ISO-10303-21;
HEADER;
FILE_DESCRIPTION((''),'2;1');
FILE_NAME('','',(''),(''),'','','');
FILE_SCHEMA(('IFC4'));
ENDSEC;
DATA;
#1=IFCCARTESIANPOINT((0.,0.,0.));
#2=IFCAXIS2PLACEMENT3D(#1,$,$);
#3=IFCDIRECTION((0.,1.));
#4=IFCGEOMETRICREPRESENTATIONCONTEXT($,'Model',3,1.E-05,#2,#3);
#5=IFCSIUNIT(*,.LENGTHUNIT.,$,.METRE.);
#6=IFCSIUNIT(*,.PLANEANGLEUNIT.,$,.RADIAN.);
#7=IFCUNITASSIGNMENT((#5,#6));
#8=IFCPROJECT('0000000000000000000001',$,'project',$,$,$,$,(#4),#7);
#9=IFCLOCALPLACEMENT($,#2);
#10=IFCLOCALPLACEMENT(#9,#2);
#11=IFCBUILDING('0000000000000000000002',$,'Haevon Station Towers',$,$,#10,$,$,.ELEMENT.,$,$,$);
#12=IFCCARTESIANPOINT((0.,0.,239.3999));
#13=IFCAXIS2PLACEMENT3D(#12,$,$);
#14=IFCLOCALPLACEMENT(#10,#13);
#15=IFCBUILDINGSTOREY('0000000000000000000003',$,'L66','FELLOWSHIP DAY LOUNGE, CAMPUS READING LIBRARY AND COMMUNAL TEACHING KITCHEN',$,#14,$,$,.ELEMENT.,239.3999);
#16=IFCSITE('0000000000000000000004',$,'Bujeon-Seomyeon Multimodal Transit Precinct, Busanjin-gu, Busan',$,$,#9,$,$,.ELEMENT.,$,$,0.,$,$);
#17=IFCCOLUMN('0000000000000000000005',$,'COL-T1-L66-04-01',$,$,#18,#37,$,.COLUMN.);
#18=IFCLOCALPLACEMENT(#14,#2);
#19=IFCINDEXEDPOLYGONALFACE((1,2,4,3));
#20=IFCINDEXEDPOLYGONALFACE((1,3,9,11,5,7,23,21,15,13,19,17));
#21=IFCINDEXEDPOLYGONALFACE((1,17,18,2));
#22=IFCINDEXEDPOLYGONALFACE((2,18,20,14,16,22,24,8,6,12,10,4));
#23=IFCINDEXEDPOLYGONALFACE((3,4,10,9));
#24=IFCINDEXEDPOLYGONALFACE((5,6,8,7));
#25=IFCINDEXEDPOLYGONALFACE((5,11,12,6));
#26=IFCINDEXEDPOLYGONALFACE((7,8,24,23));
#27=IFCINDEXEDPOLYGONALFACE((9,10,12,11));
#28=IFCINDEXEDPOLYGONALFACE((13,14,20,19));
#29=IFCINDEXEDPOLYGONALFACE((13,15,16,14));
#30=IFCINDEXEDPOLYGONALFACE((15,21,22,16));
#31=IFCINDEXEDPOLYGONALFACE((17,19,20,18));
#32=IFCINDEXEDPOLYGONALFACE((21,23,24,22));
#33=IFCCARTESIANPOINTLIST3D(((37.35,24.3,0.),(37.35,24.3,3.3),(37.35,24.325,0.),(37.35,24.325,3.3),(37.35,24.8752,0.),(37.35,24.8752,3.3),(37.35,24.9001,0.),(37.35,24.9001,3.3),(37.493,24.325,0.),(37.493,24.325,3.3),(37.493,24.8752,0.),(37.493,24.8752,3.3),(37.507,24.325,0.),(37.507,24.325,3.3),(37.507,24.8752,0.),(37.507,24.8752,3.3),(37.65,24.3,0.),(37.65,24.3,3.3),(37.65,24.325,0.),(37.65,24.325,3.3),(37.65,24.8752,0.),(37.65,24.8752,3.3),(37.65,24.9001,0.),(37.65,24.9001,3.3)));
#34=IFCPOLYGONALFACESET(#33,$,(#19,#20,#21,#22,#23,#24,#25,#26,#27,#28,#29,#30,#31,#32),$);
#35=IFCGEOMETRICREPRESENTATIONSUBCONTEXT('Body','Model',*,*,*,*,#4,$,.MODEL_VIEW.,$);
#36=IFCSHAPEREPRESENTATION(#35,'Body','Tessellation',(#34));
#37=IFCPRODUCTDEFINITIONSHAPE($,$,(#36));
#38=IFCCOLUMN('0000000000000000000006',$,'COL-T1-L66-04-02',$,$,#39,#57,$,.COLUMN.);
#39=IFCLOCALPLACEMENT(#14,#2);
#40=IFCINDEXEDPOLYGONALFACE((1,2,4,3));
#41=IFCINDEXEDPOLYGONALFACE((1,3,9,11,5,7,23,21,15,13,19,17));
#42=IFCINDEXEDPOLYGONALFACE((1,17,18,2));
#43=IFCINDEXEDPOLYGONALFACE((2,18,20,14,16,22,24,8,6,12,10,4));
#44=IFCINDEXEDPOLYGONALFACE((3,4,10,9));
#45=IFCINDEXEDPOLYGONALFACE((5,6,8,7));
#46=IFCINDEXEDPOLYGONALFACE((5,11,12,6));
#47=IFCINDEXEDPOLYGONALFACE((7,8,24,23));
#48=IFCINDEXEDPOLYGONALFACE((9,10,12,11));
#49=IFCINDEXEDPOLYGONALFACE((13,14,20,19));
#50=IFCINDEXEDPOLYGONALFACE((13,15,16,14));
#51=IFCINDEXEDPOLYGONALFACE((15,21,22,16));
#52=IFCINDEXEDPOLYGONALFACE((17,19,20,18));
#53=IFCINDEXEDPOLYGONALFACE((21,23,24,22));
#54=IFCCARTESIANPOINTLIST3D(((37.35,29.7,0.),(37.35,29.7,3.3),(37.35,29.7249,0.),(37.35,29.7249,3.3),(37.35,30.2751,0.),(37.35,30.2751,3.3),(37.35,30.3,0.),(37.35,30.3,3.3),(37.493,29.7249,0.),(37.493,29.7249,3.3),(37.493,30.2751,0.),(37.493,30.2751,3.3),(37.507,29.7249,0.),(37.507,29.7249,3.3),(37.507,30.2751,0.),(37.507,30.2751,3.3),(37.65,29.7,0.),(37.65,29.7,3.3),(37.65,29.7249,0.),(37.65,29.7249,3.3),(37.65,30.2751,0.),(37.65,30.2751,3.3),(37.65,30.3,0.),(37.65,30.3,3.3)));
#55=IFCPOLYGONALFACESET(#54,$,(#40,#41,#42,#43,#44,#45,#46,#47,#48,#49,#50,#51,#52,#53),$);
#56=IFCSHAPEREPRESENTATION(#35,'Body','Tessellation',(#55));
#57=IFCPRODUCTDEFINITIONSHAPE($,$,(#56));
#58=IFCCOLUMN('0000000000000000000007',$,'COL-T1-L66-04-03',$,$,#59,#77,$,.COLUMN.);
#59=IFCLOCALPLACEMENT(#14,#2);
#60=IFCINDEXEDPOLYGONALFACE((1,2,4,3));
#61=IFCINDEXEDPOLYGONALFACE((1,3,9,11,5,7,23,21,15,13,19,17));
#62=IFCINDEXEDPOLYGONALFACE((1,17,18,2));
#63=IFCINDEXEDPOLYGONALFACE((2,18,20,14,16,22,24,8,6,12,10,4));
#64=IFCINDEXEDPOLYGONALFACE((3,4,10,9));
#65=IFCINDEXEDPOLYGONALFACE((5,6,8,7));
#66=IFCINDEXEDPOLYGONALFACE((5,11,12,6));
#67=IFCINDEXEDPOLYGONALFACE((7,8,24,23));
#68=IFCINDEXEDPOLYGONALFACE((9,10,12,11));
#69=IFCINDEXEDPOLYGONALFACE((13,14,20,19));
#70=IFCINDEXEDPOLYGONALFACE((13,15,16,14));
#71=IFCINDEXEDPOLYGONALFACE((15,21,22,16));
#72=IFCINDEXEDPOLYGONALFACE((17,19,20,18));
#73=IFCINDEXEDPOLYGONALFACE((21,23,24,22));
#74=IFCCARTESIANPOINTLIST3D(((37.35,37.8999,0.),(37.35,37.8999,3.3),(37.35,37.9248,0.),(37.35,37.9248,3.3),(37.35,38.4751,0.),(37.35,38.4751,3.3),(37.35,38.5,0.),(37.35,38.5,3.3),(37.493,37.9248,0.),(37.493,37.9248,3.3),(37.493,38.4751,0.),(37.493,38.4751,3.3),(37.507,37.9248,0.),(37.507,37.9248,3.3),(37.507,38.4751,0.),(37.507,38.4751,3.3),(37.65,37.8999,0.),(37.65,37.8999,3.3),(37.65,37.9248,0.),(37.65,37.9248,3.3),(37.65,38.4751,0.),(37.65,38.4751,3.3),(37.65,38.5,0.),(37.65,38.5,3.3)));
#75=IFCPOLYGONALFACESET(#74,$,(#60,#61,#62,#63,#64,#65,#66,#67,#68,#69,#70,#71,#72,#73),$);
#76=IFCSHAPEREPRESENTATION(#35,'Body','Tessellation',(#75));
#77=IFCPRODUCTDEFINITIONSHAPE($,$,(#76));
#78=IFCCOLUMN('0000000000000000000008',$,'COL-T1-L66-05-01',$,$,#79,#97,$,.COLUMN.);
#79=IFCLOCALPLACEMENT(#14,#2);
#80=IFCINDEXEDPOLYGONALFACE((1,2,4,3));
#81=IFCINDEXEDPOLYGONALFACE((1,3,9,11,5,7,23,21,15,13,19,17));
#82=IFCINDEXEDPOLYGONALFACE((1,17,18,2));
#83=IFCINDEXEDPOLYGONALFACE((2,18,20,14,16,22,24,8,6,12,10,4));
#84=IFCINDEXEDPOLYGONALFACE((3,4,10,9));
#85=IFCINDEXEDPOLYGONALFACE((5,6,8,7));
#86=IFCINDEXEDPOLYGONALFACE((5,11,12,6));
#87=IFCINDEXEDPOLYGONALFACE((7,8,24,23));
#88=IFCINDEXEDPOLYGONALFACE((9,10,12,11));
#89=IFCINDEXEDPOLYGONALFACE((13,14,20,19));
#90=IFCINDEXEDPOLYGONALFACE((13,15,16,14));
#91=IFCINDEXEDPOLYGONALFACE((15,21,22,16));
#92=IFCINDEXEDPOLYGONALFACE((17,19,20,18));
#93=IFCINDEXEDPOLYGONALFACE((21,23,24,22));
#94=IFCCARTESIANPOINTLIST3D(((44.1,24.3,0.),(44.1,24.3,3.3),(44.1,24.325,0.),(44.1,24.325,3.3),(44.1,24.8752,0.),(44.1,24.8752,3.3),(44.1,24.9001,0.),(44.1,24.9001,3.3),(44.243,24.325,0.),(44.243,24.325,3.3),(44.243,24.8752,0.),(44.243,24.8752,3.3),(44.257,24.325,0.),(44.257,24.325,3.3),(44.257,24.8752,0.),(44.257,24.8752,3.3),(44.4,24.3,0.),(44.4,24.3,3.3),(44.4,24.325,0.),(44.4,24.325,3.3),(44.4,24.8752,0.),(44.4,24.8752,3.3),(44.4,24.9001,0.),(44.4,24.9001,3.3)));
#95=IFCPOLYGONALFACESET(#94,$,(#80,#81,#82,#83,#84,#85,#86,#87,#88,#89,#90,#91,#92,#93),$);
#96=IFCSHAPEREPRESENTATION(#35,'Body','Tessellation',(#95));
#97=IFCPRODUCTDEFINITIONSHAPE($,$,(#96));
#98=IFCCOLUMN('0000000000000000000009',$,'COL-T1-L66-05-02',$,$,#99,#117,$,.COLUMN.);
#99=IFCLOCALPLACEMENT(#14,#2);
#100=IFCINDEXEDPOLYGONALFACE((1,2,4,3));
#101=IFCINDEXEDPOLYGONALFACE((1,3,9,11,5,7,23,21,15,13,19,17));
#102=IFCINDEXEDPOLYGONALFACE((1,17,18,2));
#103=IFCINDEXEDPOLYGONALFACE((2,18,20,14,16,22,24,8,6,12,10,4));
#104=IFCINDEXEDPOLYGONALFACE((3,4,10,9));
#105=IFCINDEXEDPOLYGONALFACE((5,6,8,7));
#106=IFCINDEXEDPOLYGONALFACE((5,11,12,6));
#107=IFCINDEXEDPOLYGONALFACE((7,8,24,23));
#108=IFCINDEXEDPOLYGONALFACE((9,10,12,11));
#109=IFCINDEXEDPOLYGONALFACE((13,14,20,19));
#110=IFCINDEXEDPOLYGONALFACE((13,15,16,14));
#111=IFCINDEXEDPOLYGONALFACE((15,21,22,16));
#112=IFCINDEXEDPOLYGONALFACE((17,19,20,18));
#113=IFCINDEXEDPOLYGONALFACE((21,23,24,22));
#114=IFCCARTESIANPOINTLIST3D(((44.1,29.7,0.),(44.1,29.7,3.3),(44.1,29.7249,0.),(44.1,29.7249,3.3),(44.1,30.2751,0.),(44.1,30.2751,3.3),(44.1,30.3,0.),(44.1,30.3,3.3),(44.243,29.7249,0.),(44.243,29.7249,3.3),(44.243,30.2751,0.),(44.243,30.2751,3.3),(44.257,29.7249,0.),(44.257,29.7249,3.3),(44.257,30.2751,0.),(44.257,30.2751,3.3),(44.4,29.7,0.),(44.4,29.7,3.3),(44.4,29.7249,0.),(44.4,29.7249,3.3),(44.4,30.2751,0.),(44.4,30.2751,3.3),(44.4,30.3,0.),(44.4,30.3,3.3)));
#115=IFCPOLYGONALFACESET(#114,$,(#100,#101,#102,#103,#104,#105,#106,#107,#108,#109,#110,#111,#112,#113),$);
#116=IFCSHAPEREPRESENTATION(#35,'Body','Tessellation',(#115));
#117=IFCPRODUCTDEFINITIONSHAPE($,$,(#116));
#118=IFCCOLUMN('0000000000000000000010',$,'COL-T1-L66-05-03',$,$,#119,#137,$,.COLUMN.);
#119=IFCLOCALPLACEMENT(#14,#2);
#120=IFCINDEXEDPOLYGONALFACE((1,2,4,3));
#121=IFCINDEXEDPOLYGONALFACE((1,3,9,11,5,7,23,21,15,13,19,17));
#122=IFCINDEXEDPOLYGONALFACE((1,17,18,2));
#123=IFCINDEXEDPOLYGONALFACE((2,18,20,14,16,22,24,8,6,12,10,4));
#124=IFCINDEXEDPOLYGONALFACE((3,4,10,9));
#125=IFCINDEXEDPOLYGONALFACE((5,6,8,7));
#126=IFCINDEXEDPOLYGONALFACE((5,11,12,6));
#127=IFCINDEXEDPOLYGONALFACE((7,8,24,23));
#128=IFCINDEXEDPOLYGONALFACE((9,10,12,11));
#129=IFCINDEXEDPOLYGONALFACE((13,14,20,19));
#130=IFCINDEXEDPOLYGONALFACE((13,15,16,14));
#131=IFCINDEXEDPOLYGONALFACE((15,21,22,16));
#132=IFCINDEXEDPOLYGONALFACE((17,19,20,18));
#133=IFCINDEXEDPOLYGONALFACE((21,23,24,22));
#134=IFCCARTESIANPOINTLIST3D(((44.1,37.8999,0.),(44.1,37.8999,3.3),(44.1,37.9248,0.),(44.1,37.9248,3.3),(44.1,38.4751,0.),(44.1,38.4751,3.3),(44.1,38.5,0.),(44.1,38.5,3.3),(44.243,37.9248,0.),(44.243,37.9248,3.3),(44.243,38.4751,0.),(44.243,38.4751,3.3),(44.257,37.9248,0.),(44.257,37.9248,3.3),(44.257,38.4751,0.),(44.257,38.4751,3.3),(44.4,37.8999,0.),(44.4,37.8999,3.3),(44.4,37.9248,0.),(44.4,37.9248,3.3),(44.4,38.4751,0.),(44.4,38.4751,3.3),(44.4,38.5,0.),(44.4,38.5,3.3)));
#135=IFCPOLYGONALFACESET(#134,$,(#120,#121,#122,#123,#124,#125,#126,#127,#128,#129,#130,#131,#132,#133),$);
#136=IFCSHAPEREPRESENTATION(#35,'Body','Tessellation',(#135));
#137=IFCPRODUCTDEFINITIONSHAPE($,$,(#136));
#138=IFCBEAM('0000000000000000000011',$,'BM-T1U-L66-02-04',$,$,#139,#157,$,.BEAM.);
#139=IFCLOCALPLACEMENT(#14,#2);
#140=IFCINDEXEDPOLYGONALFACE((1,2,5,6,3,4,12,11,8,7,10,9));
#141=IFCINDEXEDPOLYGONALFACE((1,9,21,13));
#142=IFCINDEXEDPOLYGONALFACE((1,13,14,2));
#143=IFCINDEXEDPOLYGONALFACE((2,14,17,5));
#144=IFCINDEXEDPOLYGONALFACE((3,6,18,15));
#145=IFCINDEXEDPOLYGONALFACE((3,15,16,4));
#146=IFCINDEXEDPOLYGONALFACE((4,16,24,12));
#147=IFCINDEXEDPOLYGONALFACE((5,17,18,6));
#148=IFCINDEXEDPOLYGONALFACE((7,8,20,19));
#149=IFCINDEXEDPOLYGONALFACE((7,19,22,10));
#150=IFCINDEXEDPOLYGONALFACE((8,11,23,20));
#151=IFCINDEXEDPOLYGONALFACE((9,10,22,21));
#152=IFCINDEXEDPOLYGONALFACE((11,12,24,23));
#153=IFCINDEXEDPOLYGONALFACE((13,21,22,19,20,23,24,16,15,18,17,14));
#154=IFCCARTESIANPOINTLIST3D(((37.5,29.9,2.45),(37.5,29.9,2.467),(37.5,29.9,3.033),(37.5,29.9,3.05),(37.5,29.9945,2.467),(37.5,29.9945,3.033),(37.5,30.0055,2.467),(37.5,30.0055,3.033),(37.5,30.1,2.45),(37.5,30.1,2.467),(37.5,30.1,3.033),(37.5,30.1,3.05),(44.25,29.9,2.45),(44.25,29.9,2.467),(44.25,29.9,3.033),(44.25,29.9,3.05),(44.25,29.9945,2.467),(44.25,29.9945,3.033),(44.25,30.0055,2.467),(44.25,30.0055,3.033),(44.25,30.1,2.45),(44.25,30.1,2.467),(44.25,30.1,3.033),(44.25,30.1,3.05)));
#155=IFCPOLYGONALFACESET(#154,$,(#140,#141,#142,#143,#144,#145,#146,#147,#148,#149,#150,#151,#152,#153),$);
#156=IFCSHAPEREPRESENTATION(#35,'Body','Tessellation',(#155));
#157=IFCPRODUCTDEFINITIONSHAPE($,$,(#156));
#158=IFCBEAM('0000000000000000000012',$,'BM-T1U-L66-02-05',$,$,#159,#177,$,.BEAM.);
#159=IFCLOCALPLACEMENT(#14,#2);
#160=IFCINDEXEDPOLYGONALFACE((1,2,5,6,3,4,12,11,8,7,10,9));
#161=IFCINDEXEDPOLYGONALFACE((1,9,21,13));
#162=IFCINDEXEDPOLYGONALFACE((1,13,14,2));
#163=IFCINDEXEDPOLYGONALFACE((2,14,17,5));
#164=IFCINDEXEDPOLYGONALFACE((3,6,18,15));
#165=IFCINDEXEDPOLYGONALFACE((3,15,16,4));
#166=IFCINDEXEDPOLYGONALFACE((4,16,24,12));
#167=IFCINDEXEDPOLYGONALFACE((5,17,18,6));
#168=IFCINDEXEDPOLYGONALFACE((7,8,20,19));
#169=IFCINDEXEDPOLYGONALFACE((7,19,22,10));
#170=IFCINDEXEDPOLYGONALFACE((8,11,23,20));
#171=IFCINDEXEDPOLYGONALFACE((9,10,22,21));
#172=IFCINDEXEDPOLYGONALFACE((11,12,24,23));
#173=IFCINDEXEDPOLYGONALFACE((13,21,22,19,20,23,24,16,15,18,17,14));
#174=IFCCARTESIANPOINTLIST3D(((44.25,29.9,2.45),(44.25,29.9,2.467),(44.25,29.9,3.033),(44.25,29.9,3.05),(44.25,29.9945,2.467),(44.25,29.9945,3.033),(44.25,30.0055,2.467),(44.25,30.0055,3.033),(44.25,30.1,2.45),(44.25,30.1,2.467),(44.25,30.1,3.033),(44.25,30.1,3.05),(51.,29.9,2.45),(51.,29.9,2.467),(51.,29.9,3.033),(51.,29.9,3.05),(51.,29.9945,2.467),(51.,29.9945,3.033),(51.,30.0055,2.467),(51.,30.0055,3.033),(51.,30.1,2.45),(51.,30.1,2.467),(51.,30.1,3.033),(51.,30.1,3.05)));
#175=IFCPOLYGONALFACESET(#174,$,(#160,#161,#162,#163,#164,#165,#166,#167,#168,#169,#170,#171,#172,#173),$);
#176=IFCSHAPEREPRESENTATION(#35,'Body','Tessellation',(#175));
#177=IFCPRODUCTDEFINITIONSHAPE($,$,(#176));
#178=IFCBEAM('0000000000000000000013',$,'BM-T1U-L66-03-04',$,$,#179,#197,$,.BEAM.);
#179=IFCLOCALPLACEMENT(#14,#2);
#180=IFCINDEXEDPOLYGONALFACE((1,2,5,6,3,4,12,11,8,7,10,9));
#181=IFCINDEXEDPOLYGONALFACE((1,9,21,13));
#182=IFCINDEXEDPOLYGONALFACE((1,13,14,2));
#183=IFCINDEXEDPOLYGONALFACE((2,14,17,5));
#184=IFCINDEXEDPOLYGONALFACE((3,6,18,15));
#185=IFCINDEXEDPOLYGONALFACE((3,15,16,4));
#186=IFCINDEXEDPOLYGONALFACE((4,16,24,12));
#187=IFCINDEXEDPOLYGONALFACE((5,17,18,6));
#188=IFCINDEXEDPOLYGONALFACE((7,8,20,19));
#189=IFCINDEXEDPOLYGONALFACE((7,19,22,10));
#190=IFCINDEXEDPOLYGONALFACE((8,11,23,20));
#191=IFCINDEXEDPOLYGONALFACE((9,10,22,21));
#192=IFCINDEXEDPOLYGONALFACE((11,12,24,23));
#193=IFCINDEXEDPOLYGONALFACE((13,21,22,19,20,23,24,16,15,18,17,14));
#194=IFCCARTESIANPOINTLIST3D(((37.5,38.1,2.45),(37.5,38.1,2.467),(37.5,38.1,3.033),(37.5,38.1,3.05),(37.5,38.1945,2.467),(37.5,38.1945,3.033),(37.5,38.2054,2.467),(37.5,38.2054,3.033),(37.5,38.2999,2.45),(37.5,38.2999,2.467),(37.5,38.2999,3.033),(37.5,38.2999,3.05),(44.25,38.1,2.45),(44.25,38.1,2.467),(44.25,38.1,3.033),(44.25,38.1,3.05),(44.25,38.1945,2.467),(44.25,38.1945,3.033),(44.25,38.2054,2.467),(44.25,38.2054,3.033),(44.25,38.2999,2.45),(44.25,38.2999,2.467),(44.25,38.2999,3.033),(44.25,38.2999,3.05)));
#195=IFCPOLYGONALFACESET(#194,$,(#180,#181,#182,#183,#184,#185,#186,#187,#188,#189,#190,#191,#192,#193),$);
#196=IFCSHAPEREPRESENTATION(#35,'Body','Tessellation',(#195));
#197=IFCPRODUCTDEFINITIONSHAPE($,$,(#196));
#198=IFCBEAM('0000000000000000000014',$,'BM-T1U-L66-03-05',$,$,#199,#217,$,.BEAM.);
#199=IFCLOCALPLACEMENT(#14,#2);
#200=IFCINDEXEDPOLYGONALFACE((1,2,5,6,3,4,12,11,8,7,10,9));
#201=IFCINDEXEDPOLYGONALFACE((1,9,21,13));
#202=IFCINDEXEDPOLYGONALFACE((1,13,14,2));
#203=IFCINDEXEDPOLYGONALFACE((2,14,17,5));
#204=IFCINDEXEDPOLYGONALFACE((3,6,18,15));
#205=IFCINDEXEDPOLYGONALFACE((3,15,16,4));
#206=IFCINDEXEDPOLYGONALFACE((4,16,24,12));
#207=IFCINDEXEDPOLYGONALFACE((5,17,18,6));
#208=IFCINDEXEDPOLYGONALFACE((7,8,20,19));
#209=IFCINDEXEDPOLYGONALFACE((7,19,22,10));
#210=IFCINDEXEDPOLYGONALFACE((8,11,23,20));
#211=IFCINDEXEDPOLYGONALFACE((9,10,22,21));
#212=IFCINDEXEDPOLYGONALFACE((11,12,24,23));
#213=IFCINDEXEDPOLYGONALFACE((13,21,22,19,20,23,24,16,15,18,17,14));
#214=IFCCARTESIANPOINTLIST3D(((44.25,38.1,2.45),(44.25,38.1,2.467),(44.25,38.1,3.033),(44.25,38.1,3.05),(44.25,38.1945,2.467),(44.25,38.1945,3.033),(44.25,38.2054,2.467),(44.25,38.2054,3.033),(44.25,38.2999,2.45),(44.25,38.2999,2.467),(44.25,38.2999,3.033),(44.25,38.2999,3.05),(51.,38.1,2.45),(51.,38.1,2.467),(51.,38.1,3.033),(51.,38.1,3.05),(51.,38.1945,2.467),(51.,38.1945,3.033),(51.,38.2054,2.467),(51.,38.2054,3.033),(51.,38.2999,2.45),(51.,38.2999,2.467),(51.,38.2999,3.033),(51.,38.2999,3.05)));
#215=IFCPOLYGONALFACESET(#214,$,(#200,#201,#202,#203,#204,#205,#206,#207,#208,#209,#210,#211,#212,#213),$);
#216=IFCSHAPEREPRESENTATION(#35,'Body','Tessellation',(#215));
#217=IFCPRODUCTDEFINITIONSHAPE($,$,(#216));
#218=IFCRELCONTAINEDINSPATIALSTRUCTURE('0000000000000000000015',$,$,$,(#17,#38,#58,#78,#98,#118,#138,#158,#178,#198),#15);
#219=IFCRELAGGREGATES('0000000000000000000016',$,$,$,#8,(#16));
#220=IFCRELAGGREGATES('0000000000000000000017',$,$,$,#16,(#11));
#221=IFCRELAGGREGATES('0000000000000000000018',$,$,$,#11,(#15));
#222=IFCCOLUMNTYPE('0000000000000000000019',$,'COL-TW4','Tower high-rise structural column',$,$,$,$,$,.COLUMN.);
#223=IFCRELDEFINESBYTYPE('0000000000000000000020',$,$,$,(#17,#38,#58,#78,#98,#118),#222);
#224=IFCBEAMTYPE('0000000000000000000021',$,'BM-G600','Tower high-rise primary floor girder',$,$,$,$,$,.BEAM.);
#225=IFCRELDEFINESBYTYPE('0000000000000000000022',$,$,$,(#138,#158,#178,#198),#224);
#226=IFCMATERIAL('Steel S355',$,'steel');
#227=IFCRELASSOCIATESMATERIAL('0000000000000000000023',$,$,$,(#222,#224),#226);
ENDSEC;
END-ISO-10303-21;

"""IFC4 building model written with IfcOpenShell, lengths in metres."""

from ifc_helpers import new_model, si_unit, direction, frame, origin, origin_2d, place, context, subcontext, project, spatial, i_section, extrude, material, material_profile, profile_set, type_object, element, save


model = new_model("IFC4")

# Units and contexts
model_context = context("Model", 3, precision=1e-05, world=origin(), true_north=direction((0.0, 1.0)))
body_context = subcontext(model_context, "Body", "Model", "MODEL_VIEW")
ifc_project = project(units=[si_unit("LENGTHUNIT", "METRE"), si_unit("PLANEANGLEUNIT", "RADIAN")], contexts=[model_context])

# Site, building, storey
site_placement = place(None, origin())
site = spatial("IfcSite", under=ifc_project, at=site_placement, Name="Bujeon-Seomyeon Multimodal Transit Precinct, Busanjin-gu, Busan", CompositionType="ELEMENT", RefElevation=0.0)
building_placement = place(site_placement, origin())
building = spatial("IfcBuilding", under=site, at=building_placement, Name="Haevon Station Towers", CompositionType="ELEMENT")
storey_placement = place(building_placement, frame((0.0, 0.0, 239.3999)))
storey = spatial("IfcBuildingStorey", under=building, at=storey_placement, Name="L66", Description="FELLOWSHIP DAY LOUNGE, CAMPUS READING LIBRARY AND COMMUNAL TEACHING KITCHEN", CompositionType="ELEMENT", Elevation=239.3999)

# Columns
ifc_material_1 = material(Name="Steel S355", Category="steel")
ifc_material_profile_1 = material_profile(ifc_material_1, i_section(OverallWidth=0.3, OverallDepth=0.6001, WebThickness=0.0139, FlangeThickness=0.0249, at=origin_2d()), Name="H-600x300x14x25")
ifc_profile_set_1 = profile_set([ifc_material_profile_1], Name="Steel S355")
column_type = type_object("IfcColumnType", Name="COL-TW4", Description="Tower high-rise structural column", PredefinedType="COLUMN", material=ifc_profile_set_1)
for number, where, z_axis, x_axis, name in (
    (1, (37.5, 24.6001, 0.0), (0.0, 0.0, 1.0), (1.0, 0.0, 0.0), "COL-T1-L66-04-01"),
    (2, (37.5, 30.0, 0.0), (0.0, 0.0, 1.0), (1.0, 0.0, 0.0), "COL-T1-L66-04-02"),
    (3, (37.5, 38.2, 0.0), (0.0, 0.0, 1.0), (1.0, 0.0, 0.0), "COL-T1-L66-04-03"),
    (4, (44.25, 24.6001, 0.0), (0.0, 0.0, 1.0), (1.0, 0.0, 0.0), "COL-T1-L66-05-01"),
    (5, (44.25, 30.0, 0.0), (0.0, 0.0, 1.0), (1.0, 0.0, 0.0), "COL-T1-L66-05-02"),
    (6, (44.25, 38.2, 0.0), (0.0, 0.0, 1.0), (1.0, 0.0, 0.0), "COL-T1-L66-05-03"),
):
    element("IfcColumn", number, at=place(storey_placement, frame(where, z_axis=z_axis, x_axis=x_axis)), inside=storey, type_object=column_type, Name=name, PredefinedType="COLUMN", context=body_context, shape_type="SweptSolid", body=[
        extrude(i_section(OverallWidth=0.3, OverallDepth=0.6001, WebThickness=0.0139, FlangeThickness=0.0249, at=origin_2d()), origin(), (0.0, 0.0, 1.0), 3.3),
    ])

# Beams
ifc_material_profile_2 = material_profile(ifc_material_1, i_section(OverallWidth=0.2, OverallDepth=0.6001, WebThickness=0.011, FlangeThickness=0.0171, at=origin_2d()), Name="H-600x200x11x17")
ifc_profile_set_2 = profile_set([ifc_material_profile_2], Name="Steel S355")
beam_type_1 = type_object("IfcBeamType", Name="BM-G600", Description="Tower high-rise primary floor girder", PredefinedType="BEAM", material=ifc_profile_set_2)
for number, where, z_axis, x_axis, name in (
    (7, (37.5, 30.0, 2.75), (1.0, 0.0, 0.0), (0.0, 1.0, 0.0), "BM-T1U-L66-02-04"),
    (8, (44.25, 30.0, 2.75), (1.0, 0.0, 0.0), (0.0, 1.0, 0.0), "BM-T1U-L66-02-05"),
    (9, (37.5, 38.2, 2.75), (1.0, 0.0, 0.0), (0.0, 1.0, 0.0), "BM-T1U-L66-03-04"),
    (10, (44.25, 38.2, 2.75), (1.0, 0.0, 0.0), (0.0, 1.0, 0.0), "BM-T1U-L66-03-05"),
):
    element("IfcBeam", number, at=place(storey_placement, frame(where, z_axis=z_axis, x_axis=x_axis)), inside=storey, type_object=beam_type_1, Name=name, PredefinedType="BEAM", context=body_context, shape_type="SweptSolid", body=[
        extrude(i_section(OverallWidth=0.2, OverallDepth=0.6001, WebThickness=0.011, FlangeThickness=0.0171, at=origin_2d()), origin(), (0.0, 0.0, 1.0), 6.75),
    ])

save(model, "model.ifc")
